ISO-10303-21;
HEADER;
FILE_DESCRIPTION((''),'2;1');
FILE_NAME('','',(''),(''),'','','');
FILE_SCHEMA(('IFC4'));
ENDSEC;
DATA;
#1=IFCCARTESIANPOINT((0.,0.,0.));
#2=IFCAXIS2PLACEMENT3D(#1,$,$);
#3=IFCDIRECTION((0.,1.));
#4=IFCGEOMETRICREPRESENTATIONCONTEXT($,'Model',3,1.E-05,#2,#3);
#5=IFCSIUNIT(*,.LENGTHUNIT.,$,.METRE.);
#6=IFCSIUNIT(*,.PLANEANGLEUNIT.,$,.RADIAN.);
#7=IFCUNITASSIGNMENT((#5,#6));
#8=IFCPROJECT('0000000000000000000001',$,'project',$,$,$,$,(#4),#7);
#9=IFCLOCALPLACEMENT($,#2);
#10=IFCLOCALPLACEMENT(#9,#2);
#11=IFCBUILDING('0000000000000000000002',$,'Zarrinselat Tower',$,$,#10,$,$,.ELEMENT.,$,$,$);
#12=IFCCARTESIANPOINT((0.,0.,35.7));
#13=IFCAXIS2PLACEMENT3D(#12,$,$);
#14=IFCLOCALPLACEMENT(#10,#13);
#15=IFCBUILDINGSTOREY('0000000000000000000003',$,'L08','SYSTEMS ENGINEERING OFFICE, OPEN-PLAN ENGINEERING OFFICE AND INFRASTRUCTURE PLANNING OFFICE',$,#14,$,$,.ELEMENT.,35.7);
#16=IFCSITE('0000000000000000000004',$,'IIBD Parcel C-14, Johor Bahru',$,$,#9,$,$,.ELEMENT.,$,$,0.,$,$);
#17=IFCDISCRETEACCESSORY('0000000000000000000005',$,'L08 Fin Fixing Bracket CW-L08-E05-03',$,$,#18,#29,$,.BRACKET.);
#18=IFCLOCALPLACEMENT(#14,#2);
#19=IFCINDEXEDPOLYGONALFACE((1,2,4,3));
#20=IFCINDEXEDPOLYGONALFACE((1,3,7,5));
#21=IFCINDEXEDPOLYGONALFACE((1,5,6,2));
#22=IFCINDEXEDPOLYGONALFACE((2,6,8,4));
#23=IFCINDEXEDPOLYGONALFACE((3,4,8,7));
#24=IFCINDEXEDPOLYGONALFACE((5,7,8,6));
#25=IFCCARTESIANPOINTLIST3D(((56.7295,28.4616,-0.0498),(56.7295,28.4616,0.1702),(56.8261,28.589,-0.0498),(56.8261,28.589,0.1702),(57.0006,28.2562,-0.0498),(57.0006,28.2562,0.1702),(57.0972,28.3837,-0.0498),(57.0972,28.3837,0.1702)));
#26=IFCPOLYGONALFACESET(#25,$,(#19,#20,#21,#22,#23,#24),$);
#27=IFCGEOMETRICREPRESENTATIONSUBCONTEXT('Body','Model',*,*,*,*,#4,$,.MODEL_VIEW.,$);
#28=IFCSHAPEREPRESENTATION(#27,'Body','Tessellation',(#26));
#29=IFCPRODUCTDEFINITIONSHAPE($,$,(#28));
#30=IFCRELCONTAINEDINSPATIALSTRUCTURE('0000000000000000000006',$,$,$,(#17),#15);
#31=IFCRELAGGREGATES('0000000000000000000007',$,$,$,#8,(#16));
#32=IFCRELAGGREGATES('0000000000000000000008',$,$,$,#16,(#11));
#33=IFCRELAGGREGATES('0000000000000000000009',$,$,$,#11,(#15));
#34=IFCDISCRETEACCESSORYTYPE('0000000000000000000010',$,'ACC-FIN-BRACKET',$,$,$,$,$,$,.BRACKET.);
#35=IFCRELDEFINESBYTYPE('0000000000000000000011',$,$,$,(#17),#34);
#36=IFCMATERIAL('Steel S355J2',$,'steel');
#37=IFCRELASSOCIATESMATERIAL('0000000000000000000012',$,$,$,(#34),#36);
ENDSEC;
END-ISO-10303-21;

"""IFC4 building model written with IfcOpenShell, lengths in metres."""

from ifc_helpers import new_model, si_unit, direction, frame, origin, origin_2d, place, context, subcontext, project, spatial, rectangle, extrude, material, type_object, element, save


model = new_model("IFC4")

# Units and contexts
model_context = context("Model", 3, precision=1e-05, world=origin(), true_north=direction((0.0, 1.0)))
body_context = subcontext(model_context, "Body", "Model", "MODEL_VIEW")
ifc_project = project(units=[si_unit("LENGTHUNIT", "METRE"), si_unit("PLANEANGLEUNIT", "RADIAN")], contexts=[model_context])

# Site, building, storey
site_placement = place(None, origin())
site = spatial("IfcSite", under=ifc_project, at=site_placement, Name="IIBD Parcel C-14, Johor Bahru", CompositionType="ELEMENT", RefElevation=0.0)
building_placement = place(site_placement, origin())
building = spatial("IfcBuilding", under=site, at=building_placement, Name="Zarrinselat Tower", CompositionType="ELEMENT")
storey_placement = place(building_placement, frame((0.0, 0.0, 35.7)))
storey = spatial("IfcBuildingStorey", under=building, at=storey_placement, Name="L08", Description="SYSTEMS ENGINEERING OFFICE, OPEN-PLAN ENGINEERING OFFICE AND INFRASTRUCTURE PLANNING OFFICE", CompositionType="ELEMENT", Elevation=35.7)

# Discrete accessory
ifc_material_1 = material(Name="Steel S355J2", Category="steel")
discrete_accessory_type = type_object("IfcDiscreteAccessoryType", Name="ACC-FIN-BRACKET", PredefinedType="BRACKET", material=ifc_material_1)
discrete_accessory_placement = place(storey_placement, frame((56.9133, 28.4226, -0.0498), z_axis=(0.0, 0.0, 1.0), x_axis=(0.797092, -0.603858, 0.0)))
element("IfcDiscreteAccessory", 1, at=discrete_accessory_placement, inside=storey, type_object=discrete_accessory_type, Name="L08 Fin Fixing Bracket CW-L08-E05-03", PredefinedType="BRACKET", context=body_context, shape_type="SweptSolid", body=[
    extrude(rectangle(XDim=0.3401, YDim=0.1599, at=origin_2d()), origin(), (0.0, 0.0, 1.0), 0.22),
])

save(model, "model.ifc")
